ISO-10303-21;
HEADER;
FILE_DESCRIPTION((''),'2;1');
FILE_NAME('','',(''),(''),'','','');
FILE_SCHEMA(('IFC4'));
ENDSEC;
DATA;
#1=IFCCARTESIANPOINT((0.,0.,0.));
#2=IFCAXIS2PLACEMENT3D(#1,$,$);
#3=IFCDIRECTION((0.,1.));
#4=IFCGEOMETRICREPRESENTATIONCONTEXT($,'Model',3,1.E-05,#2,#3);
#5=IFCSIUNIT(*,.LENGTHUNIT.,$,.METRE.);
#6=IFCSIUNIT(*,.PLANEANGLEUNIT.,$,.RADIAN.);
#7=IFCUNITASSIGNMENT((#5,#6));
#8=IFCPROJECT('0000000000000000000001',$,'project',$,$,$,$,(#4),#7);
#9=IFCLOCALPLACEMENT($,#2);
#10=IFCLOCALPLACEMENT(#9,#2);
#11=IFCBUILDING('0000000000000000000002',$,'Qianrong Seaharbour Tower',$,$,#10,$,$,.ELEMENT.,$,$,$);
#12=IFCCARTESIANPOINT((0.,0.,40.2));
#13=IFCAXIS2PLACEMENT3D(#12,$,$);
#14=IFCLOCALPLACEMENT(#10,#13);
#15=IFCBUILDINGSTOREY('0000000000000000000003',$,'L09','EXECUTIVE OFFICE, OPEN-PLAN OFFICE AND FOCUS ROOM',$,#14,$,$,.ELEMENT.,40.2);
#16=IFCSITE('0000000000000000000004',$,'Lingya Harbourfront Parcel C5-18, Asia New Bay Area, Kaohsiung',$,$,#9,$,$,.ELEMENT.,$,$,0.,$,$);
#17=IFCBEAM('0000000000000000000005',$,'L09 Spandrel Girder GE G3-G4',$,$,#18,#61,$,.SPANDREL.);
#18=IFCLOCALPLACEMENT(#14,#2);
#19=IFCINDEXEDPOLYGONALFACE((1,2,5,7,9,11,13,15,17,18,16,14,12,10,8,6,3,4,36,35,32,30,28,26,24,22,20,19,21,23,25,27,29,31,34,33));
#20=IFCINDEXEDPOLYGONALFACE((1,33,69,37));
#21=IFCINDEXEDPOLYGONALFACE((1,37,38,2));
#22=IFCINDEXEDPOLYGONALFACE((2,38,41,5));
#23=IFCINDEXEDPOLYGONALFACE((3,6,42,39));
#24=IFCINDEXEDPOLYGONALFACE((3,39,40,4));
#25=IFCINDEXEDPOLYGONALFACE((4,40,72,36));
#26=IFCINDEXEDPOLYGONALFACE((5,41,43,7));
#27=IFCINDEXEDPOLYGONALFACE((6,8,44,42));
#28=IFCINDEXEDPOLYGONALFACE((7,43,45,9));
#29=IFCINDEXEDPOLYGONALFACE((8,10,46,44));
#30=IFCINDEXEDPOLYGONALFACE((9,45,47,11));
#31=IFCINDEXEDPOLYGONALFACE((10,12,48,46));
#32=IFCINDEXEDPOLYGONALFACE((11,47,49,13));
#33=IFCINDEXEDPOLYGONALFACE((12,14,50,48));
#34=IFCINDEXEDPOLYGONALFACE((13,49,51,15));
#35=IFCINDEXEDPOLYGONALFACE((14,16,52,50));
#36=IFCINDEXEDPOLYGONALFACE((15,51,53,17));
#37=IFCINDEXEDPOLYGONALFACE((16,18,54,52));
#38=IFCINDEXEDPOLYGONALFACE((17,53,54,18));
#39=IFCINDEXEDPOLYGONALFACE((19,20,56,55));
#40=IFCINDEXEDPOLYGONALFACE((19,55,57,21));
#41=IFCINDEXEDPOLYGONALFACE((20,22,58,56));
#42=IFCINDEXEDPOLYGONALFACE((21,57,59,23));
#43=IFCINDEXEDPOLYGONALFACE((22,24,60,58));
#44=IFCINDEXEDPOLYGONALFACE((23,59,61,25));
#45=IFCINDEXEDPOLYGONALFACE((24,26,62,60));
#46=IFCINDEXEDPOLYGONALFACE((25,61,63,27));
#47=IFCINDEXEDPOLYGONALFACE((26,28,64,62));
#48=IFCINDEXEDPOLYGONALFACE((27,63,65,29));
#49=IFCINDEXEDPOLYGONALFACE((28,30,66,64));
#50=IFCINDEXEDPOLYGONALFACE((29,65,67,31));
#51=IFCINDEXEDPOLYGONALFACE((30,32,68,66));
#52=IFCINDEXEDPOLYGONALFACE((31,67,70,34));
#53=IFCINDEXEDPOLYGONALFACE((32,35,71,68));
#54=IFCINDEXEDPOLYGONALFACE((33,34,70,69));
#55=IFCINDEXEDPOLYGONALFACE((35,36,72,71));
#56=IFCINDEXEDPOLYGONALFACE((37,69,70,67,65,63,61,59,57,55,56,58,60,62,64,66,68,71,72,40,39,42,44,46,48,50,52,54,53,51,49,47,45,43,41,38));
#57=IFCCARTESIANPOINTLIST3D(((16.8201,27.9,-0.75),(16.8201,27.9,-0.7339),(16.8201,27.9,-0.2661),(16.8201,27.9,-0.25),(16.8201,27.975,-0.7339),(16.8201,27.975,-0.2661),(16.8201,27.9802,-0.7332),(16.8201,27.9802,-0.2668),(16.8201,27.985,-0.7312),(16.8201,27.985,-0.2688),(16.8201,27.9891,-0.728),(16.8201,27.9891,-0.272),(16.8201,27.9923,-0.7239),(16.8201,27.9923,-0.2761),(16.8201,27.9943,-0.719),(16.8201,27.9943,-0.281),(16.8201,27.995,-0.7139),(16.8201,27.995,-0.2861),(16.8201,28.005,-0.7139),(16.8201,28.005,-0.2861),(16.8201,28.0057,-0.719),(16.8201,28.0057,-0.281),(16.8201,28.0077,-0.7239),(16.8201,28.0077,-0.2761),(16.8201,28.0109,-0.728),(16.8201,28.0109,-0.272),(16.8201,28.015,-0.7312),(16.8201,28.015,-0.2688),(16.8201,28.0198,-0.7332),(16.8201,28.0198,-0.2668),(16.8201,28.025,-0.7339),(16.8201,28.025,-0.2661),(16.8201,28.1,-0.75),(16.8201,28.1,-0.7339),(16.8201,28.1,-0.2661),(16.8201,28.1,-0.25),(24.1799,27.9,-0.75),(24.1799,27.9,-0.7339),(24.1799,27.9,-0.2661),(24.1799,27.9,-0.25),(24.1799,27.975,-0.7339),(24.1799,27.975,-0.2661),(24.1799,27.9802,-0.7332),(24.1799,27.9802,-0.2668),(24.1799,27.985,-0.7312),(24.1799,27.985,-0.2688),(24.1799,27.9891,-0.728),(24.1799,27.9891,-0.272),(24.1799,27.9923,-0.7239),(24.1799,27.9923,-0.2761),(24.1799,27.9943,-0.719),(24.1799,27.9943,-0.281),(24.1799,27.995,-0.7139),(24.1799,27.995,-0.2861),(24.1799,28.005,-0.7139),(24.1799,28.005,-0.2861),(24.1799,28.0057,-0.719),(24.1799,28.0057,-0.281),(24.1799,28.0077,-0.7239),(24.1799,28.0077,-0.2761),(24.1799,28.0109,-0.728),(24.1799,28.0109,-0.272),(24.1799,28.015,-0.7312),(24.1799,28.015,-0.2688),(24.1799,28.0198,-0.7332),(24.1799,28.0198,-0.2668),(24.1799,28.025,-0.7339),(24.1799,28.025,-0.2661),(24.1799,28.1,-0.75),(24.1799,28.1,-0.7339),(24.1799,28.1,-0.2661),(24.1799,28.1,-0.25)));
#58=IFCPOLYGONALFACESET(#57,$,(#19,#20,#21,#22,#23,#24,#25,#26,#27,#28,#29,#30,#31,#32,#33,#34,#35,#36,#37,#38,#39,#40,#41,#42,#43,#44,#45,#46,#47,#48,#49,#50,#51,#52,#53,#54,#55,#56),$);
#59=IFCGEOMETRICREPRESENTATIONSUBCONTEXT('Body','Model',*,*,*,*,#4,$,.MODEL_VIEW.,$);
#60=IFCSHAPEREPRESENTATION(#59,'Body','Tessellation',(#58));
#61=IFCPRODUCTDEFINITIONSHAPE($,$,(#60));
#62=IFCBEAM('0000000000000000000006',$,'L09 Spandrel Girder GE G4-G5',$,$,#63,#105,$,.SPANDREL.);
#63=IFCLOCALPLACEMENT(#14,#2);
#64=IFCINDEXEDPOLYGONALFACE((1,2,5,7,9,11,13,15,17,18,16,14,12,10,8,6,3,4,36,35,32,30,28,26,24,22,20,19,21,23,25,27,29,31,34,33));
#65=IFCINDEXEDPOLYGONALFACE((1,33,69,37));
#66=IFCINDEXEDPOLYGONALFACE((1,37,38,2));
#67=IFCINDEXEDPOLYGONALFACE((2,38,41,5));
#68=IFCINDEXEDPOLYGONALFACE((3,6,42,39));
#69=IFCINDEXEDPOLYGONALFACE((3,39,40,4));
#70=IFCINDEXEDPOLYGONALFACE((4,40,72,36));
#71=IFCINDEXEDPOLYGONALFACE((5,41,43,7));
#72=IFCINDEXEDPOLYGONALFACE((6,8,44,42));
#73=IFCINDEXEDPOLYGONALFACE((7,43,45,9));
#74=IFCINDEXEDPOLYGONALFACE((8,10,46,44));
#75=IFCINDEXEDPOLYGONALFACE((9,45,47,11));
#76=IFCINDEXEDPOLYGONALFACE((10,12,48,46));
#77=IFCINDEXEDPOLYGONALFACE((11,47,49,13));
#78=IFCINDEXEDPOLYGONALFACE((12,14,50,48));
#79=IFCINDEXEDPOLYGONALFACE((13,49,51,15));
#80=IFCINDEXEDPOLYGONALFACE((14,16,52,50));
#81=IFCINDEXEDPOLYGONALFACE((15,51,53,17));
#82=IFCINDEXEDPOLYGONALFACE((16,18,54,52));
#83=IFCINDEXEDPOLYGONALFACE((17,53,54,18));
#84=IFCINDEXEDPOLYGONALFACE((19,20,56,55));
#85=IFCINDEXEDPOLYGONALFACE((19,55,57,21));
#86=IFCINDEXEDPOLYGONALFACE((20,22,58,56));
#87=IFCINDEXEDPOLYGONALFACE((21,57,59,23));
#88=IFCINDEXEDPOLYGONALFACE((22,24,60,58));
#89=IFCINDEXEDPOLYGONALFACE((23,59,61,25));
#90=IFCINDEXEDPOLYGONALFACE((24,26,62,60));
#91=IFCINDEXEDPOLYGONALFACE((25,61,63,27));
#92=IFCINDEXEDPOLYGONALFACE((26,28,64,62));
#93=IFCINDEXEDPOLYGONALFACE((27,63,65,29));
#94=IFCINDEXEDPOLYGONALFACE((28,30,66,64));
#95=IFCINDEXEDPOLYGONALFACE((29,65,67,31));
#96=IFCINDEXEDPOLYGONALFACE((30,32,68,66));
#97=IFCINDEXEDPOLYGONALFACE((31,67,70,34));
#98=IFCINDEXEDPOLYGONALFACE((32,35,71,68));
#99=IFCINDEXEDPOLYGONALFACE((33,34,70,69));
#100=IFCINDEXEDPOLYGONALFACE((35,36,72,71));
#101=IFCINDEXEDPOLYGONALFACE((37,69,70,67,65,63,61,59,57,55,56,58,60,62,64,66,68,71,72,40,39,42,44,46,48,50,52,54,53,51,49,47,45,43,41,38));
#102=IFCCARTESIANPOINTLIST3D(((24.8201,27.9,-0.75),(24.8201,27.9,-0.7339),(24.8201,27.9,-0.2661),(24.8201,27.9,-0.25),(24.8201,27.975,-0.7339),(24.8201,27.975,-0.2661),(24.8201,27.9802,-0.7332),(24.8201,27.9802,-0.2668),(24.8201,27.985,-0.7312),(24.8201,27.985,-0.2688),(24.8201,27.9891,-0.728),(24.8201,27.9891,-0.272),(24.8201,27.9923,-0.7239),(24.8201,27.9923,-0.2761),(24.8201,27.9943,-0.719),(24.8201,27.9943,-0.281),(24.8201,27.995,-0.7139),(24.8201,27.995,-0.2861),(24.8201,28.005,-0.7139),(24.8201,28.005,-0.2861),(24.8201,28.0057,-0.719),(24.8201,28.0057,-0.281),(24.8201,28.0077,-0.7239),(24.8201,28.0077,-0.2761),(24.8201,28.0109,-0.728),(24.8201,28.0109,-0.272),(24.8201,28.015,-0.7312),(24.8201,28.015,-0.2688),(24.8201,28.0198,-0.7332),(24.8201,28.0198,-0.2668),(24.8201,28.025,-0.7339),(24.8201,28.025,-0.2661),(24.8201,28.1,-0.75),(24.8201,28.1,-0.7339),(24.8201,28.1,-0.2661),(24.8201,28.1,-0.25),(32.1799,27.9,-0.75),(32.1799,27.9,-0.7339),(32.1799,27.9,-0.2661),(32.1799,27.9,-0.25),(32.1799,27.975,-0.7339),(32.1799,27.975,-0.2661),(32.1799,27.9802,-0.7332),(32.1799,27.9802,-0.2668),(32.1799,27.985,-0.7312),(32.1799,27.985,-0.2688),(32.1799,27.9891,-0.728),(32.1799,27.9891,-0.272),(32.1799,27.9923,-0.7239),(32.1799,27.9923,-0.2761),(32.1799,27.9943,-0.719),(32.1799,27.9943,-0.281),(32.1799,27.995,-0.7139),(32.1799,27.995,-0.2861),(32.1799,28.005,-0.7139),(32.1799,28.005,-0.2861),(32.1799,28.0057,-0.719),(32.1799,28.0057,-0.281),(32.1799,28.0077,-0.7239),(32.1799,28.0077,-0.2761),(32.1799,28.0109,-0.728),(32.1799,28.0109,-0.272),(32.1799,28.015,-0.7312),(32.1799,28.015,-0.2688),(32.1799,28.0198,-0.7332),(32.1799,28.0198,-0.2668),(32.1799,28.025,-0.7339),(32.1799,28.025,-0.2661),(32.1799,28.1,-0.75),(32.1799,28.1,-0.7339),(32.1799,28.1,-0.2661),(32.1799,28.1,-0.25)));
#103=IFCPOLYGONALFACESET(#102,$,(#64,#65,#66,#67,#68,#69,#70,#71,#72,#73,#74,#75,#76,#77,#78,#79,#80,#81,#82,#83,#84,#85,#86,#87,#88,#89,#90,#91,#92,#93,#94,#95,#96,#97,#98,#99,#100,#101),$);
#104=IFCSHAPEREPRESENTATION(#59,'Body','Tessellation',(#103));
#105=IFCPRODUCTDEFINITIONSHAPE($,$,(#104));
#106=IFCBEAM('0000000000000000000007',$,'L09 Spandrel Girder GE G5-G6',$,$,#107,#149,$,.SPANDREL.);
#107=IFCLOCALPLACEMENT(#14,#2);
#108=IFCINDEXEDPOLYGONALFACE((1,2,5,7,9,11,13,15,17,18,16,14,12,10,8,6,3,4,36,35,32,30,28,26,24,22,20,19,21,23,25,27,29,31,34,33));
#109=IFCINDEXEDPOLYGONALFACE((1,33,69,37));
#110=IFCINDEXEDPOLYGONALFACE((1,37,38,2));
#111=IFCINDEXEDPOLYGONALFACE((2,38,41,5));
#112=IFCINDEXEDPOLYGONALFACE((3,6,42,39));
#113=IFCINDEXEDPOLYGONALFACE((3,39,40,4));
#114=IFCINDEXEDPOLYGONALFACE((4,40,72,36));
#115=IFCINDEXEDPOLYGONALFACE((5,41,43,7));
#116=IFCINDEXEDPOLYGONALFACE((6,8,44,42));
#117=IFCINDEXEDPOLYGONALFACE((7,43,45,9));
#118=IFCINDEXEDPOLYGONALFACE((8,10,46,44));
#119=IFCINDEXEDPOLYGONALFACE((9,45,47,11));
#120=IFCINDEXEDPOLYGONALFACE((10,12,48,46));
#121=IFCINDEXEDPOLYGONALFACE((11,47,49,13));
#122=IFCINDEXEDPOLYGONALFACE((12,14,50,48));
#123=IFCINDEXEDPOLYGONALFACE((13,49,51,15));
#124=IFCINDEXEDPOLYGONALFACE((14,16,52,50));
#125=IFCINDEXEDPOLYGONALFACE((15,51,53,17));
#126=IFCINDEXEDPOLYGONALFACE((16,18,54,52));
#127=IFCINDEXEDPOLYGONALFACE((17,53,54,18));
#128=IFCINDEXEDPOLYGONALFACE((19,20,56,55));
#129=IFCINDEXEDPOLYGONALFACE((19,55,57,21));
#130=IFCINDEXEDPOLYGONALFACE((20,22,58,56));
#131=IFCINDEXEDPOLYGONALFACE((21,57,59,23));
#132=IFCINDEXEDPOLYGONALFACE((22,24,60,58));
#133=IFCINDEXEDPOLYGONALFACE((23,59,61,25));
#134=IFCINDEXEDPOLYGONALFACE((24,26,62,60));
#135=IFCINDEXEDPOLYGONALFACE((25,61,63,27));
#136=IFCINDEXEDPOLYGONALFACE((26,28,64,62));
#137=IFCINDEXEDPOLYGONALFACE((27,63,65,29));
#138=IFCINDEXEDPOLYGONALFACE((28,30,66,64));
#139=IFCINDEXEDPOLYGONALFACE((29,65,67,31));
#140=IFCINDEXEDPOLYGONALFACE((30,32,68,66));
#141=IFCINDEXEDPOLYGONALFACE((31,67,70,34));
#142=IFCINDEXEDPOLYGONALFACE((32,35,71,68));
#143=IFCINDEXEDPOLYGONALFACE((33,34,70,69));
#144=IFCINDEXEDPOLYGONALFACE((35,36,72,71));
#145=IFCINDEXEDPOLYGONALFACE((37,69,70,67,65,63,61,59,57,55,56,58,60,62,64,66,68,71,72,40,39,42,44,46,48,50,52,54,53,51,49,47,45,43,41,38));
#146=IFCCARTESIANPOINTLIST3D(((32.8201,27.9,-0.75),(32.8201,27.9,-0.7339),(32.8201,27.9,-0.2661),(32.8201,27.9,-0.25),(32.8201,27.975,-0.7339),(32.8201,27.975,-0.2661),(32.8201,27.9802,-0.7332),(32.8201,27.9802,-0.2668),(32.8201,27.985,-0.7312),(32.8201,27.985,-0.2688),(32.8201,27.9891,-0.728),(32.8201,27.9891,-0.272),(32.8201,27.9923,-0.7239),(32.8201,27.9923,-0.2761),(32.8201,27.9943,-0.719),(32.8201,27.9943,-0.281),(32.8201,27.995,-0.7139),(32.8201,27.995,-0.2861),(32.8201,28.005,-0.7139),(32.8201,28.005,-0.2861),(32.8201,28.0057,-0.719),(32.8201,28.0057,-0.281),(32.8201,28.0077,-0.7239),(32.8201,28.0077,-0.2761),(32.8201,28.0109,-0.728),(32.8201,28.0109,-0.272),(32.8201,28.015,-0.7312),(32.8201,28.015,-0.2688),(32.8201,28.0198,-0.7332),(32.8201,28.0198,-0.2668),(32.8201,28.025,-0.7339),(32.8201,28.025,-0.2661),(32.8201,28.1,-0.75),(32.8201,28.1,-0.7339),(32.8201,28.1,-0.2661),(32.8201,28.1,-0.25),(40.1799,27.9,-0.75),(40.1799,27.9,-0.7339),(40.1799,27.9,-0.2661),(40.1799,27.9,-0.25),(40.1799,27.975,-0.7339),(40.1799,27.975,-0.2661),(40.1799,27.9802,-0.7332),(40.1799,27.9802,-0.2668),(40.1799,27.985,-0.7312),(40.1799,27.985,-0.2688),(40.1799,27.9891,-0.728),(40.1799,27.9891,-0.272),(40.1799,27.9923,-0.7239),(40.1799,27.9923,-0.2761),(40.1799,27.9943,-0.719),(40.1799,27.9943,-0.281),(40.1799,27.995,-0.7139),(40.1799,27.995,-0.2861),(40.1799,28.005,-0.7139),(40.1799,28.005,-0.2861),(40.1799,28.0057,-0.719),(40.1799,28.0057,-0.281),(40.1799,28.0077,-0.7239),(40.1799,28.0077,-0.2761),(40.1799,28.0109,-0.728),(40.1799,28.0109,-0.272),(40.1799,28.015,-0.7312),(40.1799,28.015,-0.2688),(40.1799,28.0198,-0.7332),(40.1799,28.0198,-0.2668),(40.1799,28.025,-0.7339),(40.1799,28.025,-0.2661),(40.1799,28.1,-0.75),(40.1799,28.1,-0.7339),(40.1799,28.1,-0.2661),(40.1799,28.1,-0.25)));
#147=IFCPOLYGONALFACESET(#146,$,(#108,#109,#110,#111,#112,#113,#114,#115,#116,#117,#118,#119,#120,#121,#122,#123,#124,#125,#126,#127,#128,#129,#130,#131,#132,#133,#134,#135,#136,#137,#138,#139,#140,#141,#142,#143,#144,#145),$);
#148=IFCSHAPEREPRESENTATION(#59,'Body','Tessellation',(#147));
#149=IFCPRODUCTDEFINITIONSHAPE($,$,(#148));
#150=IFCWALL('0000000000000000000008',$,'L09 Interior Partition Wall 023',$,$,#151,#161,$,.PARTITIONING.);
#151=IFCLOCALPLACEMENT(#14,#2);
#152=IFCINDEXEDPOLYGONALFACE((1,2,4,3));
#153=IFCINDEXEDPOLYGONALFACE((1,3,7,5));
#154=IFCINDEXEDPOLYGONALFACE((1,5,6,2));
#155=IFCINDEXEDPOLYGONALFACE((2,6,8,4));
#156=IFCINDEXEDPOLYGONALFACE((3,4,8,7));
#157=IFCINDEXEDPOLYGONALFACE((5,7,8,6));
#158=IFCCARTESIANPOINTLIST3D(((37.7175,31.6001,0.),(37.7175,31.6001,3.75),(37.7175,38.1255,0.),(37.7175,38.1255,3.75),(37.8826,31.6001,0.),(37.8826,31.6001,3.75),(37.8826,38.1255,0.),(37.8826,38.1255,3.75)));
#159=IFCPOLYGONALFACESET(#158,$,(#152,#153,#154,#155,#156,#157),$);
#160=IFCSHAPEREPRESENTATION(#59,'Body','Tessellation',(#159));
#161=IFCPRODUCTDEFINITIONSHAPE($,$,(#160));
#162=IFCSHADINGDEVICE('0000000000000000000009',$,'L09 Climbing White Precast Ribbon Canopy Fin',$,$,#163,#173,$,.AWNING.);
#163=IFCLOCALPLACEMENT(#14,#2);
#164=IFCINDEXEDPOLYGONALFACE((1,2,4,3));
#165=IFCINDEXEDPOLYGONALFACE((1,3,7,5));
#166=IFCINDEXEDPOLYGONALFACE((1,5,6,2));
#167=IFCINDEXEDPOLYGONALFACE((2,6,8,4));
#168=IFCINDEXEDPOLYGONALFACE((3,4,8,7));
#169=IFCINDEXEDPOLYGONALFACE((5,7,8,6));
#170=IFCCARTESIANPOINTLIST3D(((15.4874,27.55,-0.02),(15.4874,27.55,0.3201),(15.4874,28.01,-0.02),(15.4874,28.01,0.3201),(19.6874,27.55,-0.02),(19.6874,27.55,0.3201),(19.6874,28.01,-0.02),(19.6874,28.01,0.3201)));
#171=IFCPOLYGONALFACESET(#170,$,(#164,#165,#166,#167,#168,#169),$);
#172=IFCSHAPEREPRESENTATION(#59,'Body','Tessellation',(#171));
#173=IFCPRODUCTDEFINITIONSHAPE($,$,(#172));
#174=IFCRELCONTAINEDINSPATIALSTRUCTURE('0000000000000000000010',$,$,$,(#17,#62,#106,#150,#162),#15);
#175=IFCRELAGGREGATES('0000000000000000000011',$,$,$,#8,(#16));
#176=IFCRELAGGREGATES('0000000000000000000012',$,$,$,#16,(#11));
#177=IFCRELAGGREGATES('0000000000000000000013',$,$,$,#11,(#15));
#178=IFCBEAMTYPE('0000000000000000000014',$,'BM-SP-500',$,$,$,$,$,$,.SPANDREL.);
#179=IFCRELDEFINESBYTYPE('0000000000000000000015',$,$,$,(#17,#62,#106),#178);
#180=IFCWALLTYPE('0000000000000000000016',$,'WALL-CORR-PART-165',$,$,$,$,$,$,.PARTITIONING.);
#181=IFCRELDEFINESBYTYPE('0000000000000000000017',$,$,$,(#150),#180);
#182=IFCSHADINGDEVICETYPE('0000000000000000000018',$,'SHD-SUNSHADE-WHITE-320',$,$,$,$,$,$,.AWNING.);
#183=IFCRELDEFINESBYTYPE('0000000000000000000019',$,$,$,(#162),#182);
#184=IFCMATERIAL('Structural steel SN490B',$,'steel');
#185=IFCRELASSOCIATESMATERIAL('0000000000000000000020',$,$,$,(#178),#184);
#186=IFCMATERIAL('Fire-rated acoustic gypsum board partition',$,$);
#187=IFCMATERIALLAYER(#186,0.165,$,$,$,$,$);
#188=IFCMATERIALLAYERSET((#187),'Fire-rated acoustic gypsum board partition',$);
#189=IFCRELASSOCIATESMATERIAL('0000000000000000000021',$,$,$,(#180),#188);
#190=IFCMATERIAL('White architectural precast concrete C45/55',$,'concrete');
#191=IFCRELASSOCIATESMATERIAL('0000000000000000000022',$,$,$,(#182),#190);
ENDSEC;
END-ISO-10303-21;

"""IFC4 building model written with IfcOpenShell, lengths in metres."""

from ifc_helpers import new_model, si_unit, direction, frame, frame_2d, origin, origin_2d, place, context, subcontext, project, spatial, rectangle, i_section, extrude, material, layer, layer_set, material_profile, profile_set, type_object, element, save


model = new_model("IFC4")

# Units and contexts
model_context = context("Model", 3, precision=1e-05, world=origin(), true_north=direction((0.0, 1.0)))
body_context = subcontext(model_context, "Body", "Model", "MODEL_VIEW")
ifc_project = project(units=[si_unit("LENGTHUNIT", "METRE"), si_unit("PLANEANGLEUNIT", "RADIAN")], contexts=[model_context])

# Site, building, storey
site_placement = place(None, origin())
site = spatial("IfcSite", under=ifc_project, at=site_placement, Name="Lingya Harbourfront Parcel C5-18, Asia New Bay Area, Kaohsiung", CompositionType="ELEMENT", RefElevation=0.0)
building_placement = place(site_placement, origin())
building = spatial("IfcBuilding", under=site, at=building_placement, Name="Qianrong Seaharbour Tower", CompositionType="ELEMENT")
storey_placement = place(building_placement, frame((0.0, 0.0, 40.2)))
storey = spatial("IfcBuildingStorey", under=building, at=storey_placement, Name="L09", Description="EXECUTIVE OFFICE, OPEN-PLAN OFFICE AND FOCUS ROOM", CompositionType="ELEMENT", Elevation=40.2)

# Shared definitions
ifc_material_1 = material(Name="Structural steel SN490B", Category="steel")

# Beams
ifc_material_profile_1 = material_profile(ifc_material_1, i_section(OverallWidth=0.2, OverallDepth=0.5, WebThickness=0.01, FlangeThickness=0.0161, FilletRadius=0.02, at=origin_2d()), Name="H500x200x10x16")
ifc_profile_set_1 = profile_set([ifc_material_profile_1], Name="Structural steel SN490B")
beam_type_1 = type_object("IfcBeamType", Name="BM-SP-500", PredefinedType="SPANDREL", material=ifc_profile_set_1)
for number, where, z_axis, x_axis, name in (
    (1, (16.8201, 28.0, -0.5), (1.0, 0.0, 0.0), (0.0, 1.0, 0.0), "L09 Spandrel Girder GE G3-G4"),
    (2, (24.8201, 28.0, -0.5), (1.0, 0.0, 0.0), (0.0, 1.0, 0.0), "L09 Spandrel Girder GE G4-G5"),
    (3, (32.8201, 28.0, -0.5), (1.0, 0.0, 0.0), (0.0, 1.0, 0.0), "L09 Spandrel Girder GE G5-G6"),
):
    element("IfcBeam", number, at=place(storey_placement, frame(where, z_axis=z_axis, x_axis=x_axis)), inside=storey, type_object=beam_type_1, Name=name, PredefinedType="SPANDREL", context=body_context, shape_type="SweptSolid", body=[
        extrude(i_section(OverallWidth=0.2, OverallDepth=0.5, WebThickness=0.01, FlangeThickness=0.0161, FilletRadius=0.02, at=origin_2d()), origin(), (0.0, 0.0, 1.0), 7.3599),
    ])

# Wall
ifc_material_2 = material(Name="Fire-rated acoustic gypsum board partition")
ifc_layer = layer(ifc_material_2, 0.165)
ifc_layer_set = layer_set([ifc_layer], Name="Fire-rated acoustic gypsum board partition")
wall_type = type_object("IfcWallType", Name="WALL-CORR-PART-165", PredefinedType="PARTITIONING", material=ifc_layer_set)
wall_placement = place(storey_placement, frame((37.8, 31.6001, 0.0), z_axis=(0.0, 0.0, 1.0), x_axis=(0.0, 1.0, 0.0)))
element("IfcWall", 4, at=wall_placement, inside=storey, type_object=wall_type, Name="L09 Interior Partition Wall 023", PredefinedType="PARTITIONING", context=body_context, shape_type="SweptSolid", body=[
    extrude(rectangle(XDim=6.5254, YDim=0.165, at=frame_2d((3.2627, 0.0))), origin(), (0.0, 0.0, 1.0), 3.75),
])

# Shading device
ifc_material_3 = material(Name="White architectural precast concrete C45/55", Category="concrete")
shading_device_type = type_object("IfcShadingDeviceType", Name="SHD-SUNSHADE-WHITE-320", PredefinedType="AWNING", material=ifc_material_3)
shading_device_placement = place(storey_placement, frame((17.5874, 27.78, -0.02), z_axis=(0.0, 0.0, 1.0), x_axis=(1.0, 0.0, 0.0)))
element("IfcShadingDevice", 5, at=shading_device_placement, inside=storey, type_object=shading_device_type, Name="L09 Climbing White Precast Ribbon Canopy Fin", PredefinedType="AWNING", context=body_context, shape_type="SweptSolid", body=[
    extrude(rectangle(XDim=4.2, YDim=0.46, at=origin_2d()), origin(), (0.0, 0.0, 1.0), 0.3401),
])

save(model, "model.ifc")
